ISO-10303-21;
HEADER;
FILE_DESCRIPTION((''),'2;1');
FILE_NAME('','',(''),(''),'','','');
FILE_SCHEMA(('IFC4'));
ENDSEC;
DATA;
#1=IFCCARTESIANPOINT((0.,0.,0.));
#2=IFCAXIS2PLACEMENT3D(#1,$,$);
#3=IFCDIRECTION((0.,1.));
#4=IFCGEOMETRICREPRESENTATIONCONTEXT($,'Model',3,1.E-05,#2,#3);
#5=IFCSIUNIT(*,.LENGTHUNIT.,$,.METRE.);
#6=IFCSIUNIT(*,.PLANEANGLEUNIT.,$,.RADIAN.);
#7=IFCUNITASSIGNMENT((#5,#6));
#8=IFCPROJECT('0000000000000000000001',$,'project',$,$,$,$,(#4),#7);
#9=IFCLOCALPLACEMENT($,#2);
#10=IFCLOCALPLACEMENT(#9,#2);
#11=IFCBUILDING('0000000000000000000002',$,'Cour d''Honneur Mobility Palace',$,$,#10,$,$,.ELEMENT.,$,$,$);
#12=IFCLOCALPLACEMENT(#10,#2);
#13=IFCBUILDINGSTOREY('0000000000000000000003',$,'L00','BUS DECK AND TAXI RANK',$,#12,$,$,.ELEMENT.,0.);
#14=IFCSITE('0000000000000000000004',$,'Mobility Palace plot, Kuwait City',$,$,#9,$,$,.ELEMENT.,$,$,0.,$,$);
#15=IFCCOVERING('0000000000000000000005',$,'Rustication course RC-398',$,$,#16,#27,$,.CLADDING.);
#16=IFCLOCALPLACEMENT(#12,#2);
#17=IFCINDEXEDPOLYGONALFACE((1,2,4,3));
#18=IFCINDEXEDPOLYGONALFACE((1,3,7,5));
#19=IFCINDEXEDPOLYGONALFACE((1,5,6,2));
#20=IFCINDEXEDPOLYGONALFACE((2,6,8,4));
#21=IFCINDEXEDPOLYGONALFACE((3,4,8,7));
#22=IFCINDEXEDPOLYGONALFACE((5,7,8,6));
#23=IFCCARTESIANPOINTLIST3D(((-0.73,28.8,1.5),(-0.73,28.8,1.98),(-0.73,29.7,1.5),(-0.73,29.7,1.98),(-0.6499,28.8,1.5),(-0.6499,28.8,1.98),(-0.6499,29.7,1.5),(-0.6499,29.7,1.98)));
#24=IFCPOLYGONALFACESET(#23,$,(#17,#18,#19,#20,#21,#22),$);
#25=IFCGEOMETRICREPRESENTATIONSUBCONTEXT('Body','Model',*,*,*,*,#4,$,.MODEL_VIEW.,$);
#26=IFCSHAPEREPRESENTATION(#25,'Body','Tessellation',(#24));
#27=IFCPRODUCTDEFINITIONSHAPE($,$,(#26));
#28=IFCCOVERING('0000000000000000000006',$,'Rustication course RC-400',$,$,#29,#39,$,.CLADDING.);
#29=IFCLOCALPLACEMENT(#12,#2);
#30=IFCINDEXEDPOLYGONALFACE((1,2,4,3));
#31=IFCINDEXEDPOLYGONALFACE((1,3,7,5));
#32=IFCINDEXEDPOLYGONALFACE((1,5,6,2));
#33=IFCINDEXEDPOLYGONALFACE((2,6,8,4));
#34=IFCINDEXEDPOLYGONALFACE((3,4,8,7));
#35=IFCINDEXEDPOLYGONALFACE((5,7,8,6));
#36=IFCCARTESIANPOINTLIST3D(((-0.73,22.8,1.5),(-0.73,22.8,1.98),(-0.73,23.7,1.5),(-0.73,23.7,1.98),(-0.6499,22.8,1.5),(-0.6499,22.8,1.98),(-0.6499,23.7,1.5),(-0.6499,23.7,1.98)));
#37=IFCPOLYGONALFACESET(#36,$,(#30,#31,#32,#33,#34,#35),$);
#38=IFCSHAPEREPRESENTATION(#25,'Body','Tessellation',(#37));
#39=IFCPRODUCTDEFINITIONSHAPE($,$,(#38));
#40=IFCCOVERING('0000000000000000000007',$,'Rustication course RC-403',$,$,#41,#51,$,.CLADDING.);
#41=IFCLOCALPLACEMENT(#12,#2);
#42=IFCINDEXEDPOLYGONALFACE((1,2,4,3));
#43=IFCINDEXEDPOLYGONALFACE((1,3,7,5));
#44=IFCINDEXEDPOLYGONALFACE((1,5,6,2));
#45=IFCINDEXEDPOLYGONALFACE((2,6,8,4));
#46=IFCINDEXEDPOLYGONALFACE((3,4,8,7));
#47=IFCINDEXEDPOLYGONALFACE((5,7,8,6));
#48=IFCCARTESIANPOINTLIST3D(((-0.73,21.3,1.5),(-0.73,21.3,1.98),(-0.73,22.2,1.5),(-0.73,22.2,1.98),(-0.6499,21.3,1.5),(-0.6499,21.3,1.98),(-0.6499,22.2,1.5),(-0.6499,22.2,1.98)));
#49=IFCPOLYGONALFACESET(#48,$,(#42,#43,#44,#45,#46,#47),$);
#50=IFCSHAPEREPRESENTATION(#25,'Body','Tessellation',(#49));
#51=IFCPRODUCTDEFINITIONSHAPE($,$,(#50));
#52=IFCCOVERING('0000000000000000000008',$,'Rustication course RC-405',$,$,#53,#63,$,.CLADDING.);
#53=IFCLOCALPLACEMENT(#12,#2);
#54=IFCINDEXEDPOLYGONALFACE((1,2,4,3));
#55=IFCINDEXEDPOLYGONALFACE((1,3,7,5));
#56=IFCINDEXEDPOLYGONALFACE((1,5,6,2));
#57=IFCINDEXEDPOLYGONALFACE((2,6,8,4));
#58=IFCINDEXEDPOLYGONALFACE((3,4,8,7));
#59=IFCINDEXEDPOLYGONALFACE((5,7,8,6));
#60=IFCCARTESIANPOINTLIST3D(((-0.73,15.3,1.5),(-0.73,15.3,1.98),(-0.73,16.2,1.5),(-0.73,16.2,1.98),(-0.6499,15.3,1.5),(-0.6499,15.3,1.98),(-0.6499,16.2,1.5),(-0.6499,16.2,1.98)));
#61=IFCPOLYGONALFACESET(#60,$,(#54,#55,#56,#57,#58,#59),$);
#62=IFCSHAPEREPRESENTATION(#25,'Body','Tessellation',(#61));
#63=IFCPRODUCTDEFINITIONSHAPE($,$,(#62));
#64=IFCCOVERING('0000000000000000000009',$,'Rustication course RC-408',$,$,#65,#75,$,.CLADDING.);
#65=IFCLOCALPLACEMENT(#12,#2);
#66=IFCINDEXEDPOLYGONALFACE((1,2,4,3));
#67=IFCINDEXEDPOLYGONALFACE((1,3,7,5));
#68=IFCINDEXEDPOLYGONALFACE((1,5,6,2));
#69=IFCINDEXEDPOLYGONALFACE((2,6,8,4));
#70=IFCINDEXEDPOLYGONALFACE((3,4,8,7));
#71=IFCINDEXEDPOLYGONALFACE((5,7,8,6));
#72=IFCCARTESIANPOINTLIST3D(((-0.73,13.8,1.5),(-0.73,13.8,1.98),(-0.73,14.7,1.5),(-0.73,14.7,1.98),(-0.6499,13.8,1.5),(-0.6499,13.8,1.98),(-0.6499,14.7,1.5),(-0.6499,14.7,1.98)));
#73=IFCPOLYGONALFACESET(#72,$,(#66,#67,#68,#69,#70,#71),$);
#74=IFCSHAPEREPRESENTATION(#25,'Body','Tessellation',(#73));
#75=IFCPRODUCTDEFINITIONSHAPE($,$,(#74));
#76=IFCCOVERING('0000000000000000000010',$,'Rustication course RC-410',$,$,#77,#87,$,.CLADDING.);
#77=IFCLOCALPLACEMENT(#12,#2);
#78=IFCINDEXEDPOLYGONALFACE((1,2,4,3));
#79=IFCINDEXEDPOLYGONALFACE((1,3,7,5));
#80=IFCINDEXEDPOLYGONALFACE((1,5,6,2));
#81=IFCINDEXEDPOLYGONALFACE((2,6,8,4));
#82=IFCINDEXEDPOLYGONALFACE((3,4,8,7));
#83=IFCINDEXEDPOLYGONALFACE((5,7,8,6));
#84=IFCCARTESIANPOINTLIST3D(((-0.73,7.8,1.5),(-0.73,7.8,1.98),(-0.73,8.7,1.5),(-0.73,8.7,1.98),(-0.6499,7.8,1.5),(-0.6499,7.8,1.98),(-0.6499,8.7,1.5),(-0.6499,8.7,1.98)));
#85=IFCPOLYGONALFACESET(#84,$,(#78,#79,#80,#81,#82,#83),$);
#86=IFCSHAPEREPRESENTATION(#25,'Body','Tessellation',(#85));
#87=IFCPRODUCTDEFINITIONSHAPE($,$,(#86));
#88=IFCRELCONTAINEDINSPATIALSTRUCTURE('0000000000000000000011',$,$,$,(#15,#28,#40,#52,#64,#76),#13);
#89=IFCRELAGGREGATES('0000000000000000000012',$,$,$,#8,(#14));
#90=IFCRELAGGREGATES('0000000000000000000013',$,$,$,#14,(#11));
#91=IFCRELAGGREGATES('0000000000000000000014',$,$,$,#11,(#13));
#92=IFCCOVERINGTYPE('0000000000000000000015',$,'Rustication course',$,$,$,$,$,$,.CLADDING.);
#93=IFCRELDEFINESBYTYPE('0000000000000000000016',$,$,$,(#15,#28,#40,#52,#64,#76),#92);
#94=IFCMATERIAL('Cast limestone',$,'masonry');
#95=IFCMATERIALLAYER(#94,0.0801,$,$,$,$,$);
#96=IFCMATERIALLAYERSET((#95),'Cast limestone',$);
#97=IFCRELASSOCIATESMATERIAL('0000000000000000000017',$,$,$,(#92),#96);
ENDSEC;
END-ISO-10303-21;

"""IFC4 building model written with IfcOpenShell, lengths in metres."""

from ifc_helpers import new_model, si_unit, direction, frame, origin, place, context, subcontext, project, spatial, polyline, outline, extrude, material, layer, layer_set, type_object, element, save


model = new_model("IFC4")

# Units and contexts
model_context = context("Model", 3, precision=1e-05, world=origin(), true_north=direction((0.0, 1.0)))
body_context = subcontext(model_context, "Body", "Model", "MODEL_VIEW")
ifc_project = project(units=[si_unit("LENGTHUNIT", "METRE"), si_unit("PLANEANGLEUNIT", "RADIAN")], contexts=[model_context])

# Site, building, storey
site_placement = place(None, origin())
site = spatial("IfcSite", under=ifc_project, at=site_placement, Name="Mobility Palace plot, Kuwait City", CompositionType="ELEMENT", RefElevation=0.0)
building_placement = place(site_placement, origin())
building = spatial("IfcBuilding", under=site, at=building_placement, Name="Cour d'Honneur Mobility Palace", CompositionType="ELEMENT")
storey_placement = place(building_placement, origin())
storey = spatial("IfcBuildingStorey", under=building, at=storey_placement, Name="L00", Description="BUS DECK AND TAXI RANK", CompositionType="ELEMENT", Elevation=0.0)

# Coverings
ifc_material = material(Name="Cast limestone", Category="masonry")
ifc_layer = layer(ifc_material, 0.0801)
ifc_layer_set = layer_set([ifc_layer], Name="Cast limestone")
covering_type = type_object("IfcCoveringType", Name="Rustication course", PredefinedType="CLADDING", material=ifc_layer_set)
covering_1_placement = place(storey_placement, frame((0.0, 0.0, 1.5)))
element("IfcCovering", 1, at=covering_1_placement, inside=storey, type_object=covering_type, Name="Rustication course RC-398", PredefinedType="CLADDING", context=body_context, shape_type="SweptSolid", body=[
    extrude(outline(polyline([(-0.6499, 29.7), (-0.6499, 28.8), (-0.73, 28.8), (-0.73, 29.7), (-0.6499, 29.7)])), origin(), (0.0, 0.0, 1.0), 0.48),
])
covering_2_placement = place(storey_placement, frame((0.0, 0.0, 1.5)))
element("IfcCovering", 2, at=covering_2_placement, inside=storey, type_object=covering_type, Name="Rustication course RC-400", PredefinedType="CLADDING", context=body_context, shape_type="SweptSolid", body=[
    extrude(outline(polyline([(-0.6499, 23.7), (-0.6499, 22.8), (-0.73, 22.8), (-0.73, 23.7), (-0.6499, 23.7)])), origin(), (0.0, 0.0, 1.0), 0.48),
])
covering_3_placement = place(storey_placement, frame((0.0, 0.0, 1.5)))
element("IfcCovering", 3, at=covering_3_placement, inside=storey, type_object=covering_type, Name="Rustication course RC-403", PredefinedType="CLADDING", context=body_context, shape_type="SweptSolid", body=[
    extrude(outline(polyline([(-0.6499, 22.2), (-0.6499, 21.3), (-0.73, 21.3), (-0.73, 22.2), (-0.6499, 22.2)])), origin(), (0.0, 0.0, 1.0), 0.48),
])
covering_4_placement = place(storey_placement, frame((0.0, 0.0, 1.5)))
element("IfcCovering", 4, at=covering_4_placement, inside=storey, type_object=covering_type, Name="Rustication course RC-405", PredefinedType="CLADDING", context=body_context, shape_type="SweptSolid", body=[
    extrude(outline(polyline([(-0.6499, 16.2), (-0.6499, 15.3), (-0.73, 15.3), (-0.73, 16.2), (-0.6499, 16.2)])), origin(), (0.0, 0.0, 1.0), 0.48),
])
covering_5_placement = place(storey_placement, frame((0.0, 0.0, 1.5)))
element("IfcCovering", 5, at=covering_5_placement, inside=storey, type_object=covering_type, Name="Rustication course RC-408", PredefinedType="CLADDING", context=body_context, shape_type="SweptSolid", body=[
    extrude(outline(polyline([(-0.6499, 14.7), (-0.6499, 13.8), (-0.73, 13.8), (-0.73, 14.7), (-0.6499, 14.7)])), origin(), (0.0, 0.0, 1.0), 0.48),
])
covering_6_placement = place(storey_placement, frame((0.0, 0.0, 1.5)))
element("IfcCovering", 6, at=covering_6_placement, inside=storey, type_object=covering_type, Name="Rustication course RC-410", PredefinedType="CLADDING", context=body_context, shape_type="SweptSolid", body=[
    extrude(outline(polyline([(-0.6499, 8.7), (-0.6499, 7.8), (-0.73, 7.8), (-0.73, 8.7), (-0.6499, 8.7)])), origin(), (0.0, 0.0, 1.0), 0.48),
])

save(model, "model.ifc")
